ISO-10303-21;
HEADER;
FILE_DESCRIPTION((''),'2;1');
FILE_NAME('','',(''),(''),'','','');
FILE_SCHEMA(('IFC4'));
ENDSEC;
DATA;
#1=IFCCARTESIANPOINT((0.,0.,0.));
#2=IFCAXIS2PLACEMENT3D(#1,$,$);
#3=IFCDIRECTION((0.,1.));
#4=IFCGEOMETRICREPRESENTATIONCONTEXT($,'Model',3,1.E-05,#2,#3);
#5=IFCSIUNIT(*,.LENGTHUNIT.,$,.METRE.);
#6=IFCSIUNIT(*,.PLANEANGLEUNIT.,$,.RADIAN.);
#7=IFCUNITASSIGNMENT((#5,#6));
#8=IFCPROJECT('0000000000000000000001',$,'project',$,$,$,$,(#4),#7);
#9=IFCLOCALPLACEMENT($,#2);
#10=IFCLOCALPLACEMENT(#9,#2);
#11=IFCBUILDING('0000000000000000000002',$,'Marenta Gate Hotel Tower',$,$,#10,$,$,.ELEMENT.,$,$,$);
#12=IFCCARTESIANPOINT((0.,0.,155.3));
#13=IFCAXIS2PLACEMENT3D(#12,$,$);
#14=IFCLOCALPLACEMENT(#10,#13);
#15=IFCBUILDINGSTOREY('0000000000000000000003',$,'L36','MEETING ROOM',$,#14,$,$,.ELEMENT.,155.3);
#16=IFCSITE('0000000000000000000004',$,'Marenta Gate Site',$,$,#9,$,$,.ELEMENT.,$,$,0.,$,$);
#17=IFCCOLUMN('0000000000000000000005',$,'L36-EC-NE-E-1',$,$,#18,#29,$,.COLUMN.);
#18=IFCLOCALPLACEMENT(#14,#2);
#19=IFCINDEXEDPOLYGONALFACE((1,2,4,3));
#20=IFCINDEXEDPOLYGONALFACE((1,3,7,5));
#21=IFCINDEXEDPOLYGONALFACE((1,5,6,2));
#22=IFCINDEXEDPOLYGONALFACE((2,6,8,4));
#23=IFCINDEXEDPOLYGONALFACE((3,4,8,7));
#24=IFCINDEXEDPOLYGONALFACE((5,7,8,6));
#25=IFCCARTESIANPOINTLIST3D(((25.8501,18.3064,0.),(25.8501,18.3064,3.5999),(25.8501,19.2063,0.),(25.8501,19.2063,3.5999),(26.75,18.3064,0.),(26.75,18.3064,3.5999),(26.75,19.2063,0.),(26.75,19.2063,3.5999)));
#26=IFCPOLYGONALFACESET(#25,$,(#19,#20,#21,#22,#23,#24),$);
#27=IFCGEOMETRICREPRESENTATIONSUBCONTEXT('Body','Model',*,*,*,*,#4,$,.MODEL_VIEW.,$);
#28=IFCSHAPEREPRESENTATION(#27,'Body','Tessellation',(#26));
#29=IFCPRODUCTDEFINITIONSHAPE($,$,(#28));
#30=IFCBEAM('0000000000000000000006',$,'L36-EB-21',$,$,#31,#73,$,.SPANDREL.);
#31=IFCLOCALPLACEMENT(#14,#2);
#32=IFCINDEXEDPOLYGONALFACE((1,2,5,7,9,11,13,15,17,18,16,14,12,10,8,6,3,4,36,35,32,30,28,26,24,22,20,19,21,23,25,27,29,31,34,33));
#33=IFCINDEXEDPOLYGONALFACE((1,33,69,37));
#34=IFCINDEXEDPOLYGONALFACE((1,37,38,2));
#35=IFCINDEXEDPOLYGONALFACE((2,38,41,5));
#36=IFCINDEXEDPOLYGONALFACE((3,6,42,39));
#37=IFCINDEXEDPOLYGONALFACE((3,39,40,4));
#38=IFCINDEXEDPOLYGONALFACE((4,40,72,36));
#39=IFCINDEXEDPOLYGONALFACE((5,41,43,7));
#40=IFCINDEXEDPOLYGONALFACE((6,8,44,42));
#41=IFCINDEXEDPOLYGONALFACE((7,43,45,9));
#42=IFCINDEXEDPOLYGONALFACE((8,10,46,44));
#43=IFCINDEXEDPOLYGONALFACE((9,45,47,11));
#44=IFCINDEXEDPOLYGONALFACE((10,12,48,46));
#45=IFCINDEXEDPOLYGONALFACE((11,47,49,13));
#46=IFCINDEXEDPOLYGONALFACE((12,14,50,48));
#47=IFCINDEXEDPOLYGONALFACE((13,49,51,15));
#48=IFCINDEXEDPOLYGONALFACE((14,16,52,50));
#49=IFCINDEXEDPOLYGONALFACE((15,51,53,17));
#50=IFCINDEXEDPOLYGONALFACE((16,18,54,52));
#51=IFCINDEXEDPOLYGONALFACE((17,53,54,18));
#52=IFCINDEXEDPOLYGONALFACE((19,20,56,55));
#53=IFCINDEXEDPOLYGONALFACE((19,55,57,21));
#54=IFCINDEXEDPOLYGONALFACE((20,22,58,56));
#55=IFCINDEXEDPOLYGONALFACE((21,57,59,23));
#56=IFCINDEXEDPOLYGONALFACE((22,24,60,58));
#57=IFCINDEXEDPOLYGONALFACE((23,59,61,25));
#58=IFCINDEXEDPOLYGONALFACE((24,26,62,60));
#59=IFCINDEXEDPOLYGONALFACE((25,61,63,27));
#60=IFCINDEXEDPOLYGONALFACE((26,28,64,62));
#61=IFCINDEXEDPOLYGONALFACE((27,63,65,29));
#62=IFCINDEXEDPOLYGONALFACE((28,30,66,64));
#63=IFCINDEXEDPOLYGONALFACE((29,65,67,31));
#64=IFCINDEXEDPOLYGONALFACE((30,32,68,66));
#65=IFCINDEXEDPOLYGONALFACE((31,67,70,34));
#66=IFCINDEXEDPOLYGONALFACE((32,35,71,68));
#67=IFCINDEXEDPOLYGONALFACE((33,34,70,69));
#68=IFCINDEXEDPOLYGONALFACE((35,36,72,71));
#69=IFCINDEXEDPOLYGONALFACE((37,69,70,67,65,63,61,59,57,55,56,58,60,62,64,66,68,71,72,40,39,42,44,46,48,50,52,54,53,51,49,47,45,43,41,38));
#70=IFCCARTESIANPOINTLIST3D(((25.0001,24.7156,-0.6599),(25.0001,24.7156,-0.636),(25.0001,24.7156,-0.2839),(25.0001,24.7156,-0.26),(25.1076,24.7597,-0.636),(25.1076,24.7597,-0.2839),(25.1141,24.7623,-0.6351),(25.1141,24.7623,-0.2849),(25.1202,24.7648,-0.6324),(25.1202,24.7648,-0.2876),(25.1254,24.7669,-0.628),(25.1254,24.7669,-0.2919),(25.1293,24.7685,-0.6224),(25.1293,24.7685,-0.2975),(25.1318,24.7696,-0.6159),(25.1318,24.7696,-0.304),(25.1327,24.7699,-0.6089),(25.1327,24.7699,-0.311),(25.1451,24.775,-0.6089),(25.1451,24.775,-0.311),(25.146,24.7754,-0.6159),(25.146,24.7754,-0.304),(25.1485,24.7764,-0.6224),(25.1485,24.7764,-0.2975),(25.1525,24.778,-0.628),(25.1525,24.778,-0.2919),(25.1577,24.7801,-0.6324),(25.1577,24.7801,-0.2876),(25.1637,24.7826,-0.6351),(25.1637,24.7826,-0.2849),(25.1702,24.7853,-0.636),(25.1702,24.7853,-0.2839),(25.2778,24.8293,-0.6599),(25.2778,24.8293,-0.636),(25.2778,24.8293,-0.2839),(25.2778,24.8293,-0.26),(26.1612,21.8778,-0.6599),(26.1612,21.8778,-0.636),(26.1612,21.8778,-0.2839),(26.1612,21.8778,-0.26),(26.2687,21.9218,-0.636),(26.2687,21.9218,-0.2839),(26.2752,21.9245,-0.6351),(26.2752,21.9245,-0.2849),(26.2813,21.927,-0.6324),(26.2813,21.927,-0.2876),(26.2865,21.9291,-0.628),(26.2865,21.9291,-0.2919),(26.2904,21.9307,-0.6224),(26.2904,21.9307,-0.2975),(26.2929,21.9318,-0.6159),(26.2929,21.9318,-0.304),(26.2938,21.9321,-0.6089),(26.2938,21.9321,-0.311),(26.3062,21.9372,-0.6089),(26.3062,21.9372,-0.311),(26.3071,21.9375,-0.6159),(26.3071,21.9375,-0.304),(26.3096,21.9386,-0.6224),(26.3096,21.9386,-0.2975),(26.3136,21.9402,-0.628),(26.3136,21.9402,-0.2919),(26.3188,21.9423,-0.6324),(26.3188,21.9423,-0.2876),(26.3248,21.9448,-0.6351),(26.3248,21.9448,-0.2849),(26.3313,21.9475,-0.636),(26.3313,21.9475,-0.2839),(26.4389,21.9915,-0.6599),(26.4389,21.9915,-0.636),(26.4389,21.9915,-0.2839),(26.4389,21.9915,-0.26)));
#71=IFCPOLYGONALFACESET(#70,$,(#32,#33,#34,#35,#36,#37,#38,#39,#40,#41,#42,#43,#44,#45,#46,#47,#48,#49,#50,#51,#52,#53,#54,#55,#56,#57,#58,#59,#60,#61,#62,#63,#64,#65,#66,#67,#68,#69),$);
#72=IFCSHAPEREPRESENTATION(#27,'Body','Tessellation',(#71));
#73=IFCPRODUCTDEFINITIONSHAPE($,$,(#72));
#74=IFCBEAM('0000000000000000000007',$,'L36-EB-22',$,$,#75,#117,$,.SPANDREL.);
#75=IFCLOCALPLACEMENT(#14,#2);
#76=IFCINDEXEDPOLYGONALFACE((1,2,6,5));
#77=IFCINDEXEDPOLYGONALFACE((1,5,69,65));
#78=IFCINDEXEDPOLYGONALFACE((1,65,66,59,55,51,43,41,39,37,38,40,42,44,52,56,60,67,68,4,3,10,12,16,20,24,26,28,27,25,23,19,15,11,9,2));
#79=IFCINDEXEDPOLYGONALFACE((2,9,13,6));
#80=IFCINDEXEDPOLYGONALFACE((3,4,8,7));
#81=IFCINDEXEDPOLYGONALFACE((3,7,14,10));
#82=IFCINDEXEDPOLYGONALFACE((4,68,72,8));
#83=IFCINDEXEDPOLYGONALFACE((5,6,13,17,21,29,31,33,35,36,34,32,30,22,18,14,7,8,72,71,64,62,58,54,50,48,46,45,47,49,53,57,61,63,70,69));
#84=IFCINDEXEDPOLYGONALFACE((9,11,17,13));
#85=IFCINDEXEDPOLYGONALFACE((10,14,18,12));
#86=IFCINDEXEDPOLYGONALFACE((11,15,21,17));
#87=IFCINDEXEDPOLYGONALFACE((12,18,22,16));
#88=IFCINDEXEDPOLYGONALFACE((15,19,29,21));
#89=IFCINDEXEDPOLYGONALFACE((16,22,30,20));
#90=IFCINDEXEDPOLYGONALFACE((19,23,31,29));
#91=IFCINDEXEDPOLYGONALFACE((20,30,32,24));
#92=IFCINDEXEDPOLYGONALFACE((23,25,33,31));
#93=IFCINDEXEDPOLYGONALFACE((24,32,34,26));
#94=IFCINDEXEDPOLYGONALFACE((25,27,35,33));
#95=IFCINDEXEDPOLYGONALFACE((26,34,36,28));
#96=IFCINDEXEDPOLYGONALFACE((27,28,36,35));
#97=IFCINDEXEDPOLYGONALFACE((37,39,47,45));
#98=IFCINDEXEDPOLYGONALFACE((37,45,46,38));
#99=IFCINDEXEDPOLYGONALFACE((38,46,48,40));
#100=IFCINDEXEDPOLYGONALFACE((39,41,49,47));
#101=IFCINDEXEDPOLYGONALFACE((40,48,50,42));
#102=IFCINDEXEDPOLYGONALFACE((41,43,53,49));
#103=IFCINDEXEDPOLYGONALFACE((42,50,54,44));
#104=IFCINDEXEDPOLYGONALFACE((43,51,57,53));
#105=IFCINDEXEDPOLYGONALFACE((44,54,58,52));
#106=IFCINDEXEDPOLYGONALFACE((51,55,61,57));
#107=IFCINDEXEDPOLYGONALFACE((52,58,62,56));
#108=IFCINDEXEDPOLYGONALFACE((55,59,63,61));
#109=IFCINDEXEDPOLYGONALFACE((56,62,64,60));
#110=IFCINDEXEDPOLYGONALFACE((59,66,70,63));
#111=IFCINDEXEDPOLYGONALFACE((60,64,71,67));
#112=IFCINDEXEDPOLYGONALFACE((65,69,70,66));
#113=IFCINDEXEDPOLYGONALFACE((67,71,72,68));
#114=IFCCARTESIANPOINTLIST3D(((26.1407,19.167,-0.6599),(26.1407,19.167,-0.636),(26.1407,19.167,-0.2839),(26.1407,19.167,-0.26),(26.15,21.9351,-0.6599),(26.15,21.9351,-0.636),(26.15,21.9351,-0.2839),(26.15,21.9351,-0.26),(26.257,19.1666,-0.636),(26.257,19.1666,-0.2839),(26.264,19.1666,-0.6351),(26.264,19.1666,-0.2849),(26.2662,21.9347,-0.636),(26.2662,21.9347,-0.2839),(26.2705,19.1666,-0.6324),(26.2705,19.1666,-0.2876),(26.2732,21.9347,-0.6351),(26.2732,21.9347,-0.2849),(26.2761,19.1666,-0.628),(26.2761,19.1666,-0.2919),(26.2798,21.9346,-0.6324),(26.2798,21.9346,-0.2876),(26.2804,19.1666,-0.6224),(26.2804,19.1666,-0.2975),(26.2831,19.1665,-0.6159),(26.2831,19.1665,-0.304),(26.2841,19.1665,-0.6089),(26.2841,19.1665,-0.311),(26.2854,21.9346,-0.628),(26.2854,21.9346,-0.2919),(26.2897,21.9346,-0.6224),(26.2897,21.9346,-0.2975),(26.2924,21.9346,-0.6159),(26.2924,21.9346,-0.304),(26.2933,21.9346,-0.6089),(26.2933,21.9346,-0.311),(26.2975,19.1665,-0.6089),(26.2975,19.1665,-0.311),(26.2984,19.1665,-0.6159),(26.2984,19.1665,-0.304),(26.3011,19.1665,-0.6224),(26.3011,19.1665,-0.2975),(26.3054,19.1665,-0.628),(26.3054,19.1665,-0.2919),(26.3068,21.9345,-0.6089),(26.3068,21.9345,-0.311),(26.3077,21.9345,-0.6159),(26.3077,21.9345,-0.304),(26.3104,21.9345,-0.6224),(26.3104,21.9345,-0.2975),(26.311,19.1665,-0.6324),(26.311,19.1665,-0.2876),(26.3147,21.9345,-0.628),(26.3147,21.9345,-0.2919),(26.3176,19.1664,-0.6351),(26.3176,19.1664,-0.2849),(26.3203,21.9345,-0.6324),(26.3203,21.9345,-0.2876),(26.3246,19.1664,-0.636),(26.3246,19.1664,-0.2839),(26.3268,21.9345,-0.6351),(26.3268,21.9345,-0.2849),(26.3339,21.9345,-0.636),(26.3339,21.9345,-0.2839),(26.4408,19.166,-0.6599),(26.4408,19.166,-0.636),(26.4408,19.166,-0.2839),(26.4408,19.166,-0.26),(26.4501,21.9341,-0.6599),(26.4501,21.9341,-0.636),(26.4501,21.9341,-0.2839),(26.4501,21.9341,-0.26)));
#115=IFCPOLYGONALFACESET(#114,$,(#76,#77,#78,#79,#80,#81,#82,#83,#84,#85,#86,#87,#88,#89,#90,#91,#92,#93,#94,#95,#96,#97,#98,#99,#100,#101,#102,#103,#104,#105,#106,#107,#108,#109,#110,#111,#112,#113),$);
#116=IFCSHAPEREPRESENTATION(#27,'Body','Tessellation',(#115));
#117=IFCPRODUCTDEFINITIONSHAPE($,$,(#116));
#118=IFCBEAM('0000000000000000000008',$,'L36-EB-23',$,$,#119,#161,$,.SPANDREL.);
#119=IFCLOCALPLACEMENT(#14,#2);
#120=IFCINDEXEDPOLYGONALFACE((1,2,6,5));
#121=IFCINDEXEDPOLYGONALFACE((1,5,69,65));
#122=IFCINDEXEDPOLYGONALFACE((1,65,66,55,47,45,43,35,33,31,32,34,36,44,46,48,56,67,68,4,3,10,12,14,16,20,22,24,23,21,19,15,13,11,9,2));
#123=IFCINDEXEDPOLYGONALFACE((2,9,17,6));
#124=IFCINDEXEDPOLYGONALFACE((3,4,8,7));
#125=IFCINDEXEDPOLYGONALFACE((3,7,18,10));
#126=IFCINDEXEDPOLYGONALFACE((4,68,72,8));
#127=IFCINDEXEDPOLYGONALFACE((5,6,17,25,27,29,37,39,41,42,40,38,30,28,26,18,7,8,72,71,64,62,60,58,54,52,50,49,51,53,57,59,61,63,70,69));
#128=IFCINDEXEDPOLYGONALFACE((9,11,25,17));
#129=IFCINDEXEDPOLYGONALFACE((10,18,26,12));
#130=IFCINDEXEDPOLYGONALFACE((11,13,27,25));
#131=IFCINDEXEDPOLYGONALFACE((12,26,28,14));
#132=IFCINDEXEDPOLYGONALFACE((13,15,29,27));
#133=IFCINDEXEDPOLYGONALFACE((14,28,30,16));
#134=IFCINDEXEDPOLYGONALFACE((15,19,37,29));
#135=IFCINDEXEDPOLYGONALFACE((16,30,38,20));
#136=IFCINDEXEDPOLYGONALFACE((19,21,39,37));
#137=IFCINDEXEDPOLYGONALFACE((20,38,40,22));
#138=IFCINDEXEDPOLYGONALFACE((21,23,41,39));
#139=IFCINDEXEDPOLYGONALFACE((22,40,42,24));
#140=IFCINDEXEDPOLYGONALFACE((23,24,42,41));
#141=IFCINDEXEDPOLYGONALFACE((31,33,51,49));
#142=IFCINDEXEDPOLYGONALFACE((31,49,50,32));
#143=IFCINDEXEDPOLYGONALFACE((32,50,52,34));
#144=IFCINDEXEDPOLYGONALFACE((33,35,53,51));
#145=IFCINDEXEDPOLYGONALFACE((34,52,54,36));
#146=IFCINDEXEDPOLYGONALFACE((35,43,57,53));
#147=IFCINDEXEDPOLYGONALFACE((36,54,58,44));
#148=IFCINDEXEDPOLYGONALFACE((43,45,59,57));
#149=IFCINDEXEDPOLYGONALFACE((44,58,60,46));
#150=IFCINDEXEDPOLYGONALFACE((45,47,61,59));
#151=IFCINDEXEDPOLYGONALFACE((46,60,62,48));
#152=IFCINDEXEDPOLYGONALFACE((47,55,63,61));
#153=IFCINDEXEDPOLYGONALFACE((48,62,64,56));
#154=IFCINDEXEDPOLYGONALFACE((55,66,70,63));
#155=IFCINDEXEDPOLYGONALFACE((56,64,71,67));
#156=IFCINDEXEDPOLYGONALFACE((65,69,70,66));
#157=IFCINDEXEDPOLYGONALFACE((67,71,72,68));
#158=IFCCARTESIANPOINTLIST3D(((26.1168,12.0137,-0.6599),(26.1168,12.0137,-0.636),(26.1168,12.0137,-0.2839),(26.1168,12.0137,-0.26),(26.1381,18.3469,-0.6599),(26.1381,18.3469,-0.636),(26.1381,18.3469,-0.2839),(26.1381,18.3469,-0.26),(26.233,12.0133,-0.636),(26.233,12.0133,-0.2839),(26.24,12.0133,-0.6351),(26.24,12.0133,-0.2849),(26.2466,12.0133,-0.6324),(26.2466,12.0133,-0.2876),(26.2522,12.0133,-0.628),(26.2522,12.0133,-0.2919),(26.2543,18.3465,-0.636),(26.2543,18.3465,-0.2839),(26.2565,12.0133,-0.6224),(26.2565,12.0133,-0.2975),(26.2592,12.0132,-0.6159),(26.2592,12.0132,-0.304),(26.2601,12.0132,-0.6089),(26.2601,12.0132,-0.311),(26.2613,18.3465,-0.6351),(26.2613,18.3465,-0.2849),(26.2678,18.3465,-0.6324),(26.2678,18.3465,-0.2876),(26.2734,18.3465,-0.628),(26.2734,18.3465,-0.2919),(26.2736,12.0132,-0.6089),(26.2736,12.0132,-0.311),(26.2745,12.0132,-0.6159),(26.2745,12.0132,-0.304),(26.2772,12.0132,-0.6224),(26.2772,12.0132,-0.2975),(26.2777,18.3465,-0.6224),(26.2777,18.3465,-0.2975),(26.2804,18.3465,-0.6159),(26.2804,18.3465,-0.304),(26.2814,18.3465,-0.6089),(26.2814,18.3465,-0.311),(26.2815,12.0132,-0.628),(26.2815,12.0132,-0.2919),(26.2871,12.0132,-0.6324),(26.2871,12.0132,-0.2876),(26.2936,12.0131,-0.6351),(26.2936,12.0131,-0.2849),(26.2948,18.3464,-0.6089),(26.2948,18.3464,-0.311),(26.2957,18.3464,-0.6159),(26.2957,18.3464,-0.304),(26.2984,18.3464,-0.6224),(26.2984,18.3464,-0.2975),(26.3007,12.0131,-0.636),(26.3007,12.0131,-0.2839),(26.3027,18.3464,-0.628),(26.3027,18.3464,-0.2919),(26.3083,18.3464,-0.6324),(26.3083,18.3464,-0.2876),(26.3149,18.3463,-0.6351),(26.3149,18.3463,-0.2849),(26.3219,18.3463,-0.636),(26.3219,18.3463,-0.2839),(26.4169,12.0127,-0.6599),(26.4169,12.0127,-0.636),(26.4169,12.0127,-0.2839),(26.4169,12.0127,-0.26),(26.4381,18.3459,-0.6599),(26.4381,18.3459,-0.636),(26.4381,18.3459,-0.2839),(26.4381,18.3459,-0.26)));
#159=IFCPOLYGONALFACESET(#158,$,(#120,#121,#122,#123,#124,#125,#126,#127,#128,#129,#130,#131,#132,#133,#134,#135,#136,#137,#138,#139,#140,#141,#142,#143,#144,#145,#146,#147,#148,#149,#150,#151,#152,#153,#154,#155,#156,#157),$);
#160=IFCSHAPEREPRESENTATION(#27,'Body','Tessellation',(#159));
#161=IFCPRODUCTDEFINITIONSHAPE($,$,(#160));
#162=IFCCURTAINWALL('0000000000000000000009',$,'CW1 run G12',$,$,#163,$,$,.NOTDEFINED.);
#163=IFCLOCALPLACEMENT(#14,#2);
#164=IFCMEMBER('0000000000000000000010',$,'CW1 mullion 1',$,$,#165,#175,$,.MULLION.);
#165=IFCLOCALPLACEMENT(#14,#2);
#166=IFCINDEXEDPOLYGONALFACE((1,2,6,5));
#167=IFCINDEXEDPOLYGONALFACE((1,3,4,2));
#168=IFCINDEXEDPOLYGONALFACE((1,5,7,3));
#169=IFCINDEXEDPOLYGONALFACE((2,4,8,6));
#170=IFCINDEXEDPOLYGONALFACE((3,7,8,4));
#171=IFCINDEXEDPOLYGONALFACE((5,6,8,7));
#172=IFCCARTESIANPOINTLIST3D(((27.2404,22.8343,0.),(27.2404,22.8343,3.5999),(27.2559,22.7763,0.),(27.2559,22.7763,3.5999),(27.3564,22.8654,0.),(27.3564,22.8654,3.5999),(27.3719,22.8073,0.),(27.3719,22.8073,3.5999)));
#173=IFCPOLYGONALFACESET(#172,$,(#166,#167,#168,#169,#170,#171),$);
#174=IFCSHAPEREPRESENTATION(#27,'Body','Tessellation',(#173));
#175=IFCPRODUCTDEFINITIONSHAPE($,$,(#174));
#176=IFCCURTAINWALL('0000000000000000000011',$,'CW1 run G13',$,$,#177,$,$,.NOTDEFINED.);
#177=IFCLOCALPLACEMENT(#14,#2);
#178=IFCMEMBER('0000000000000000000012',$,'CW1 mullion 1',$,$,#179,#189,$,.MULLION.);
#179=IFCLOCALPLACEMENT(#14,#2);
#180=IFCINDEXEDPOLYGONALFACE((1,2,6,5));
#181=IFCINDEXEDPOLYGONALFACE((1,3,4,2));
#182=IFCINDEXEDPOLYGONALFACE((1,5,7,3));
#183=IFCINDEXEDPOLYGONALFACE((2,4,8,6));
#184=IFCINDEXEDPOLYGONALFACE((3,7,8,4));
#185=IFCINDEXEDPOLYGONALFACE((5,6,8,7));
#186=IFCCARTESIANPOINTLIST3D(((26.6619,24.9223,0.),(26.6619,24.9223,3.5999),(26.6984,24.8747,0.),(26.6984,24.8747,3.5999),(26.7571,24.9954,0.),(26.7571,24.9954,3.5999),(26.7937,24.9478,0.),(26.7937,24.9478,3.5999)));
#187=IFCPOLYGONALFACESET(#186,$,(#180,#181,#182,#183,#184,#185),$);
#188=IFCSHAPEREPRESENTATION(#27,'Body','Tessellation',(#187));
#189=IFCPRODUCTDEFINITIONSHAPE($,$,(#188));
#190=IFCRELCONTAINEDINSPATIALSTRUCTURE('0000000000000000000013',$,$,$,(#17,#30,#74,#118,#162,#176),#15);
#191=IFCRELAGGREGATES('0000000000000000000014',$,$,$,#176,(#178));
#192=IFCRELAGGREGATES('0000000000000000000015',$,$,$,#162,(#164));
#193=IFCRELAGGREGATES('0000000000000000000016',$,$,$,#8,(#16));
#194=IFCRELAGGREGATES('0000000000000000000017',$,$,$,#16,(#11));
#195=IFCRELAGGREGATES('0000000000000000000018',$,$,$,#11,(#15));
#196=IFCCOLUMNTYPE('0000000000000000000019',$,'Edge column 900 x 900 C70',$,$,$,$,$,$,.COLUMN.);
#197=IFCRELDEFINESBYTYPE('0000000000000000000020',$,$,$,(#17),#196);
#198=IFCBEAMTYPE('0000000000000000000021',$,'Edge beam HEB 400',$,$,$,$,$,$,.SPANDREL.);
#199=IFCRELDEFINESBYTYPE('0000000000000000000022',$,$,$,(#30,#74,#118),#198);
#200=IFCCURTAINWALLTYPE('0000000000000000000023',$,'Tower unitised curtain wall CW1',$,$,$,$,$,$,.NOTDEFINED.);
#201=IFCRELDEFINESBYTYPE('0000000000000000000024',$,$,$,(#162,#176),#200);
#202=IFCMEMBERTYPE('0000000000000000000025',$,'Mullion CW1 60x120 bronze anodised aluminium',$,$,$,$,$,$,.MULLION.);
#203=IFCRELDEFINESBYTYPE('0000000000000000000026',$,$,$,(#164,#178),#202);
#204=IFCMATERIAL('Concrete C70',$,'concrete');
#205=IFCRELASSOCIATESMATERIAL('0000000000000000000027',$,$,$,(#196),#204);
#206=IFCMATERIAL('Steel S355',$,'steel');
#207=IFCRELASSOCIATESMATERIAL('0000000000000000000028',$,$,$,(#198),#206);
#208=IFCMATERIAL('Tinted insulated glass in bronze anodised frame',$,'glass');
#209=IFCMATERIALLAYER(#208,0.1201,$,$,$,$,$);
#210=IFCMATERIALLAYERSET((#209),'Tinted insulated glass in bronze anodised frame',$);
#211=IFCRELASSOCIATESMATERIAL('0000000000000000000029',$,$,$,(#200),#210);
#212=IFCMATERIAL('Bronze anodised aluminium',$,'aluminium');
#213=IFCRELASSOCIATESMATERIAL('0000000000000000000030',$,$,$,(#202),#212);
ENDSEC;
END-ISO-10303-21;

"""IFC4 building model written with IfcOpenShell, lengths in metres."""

from ifc_helpers import new_model, si_unit, direction, frame, origin, origin_2d, place, context, subcontext, project, spatial, rectangle, i_section, extrude, material, layer, layer_set, material_profile, profile_set, type_object, element, aggregate, save


model = new_model("IFC4")

# Units and contexts
model_context = context("Model", 3, precision=1e-05, world=origin(), true_north=direction((0.0, 1.0)))
body_context = subcontext(model_context, "Body", "Model", "MODEL_VIEW")
ifc_project = project(units=[si_unit("LENGTHUNIT", "METRE"), si_unit("PLANEANGLEUNIT", "RADIAN")], contexts=[model_context])

# Site, building, storey
site_placement = place(None, origin())
site = spatial("IfcSite", under=ifc_project, at=site_placement, Name="Marenta Gate Site", CompositionType="ELEMENT", RefElevation=0.0)
building_placement = place(site_placement, origin())
building = spatial("IfcBuilding", under=site, at=building_placement, Name="Marenta Gate Hotel Tower", CompositionType="ELEMENT")
storey_placement = place(building_placement, frame((0.0, 0.0, 155.3)))
storey = spatial("IfcBuildingStorey", under=building, at=storey_placement, Name="L36", Description="MEETING ROOM", CompositionType="ELEMENT", Elevation=155.3)

# Column
ifc_material_1 = material(Name="Concrete C70", Category="concrete")
ifc_material_profile_1 = material_profile(ifc_material_1, rectangle(XDim=0.8999, YDim=0.8999, at=origin_2d()), Name="900 x 900")
ifc_profile_set_1 = profile_set([ifc_material_profile_1], Name="Concrete C70")
column_type = type_object("IfcColumnType", Name="Edge column 900 x 900 C70", PredefinedType="COLUMN", material=ifc_profile_set_1)
column_placement = place(storey_placement, frame((26.3, 18.7563, 0.0), z_axis=(0.0, 0.0, 1.0), x_axis=(1.0, 0.0, 0.0)))
element("IfcColumn", 1, at=column_placement, inside=storey, type_object=column_type, Name="L36-EC-NE-E-1", PredefinedType="COLUMN", context=body_context, shape_type="SweptSolid", body=[
    extrude(rectangle(XDim=0.8999, YDim=0.8999, at=origin_2d()), origin(), (0.0, 0.0, 1.0), 3.5999),
])

# Beams
ifc_material_2 = material(Name="Steel S355", Category="steel")
ifc_material_profile_2 = material_profile(ifc_material_2, i_section(OverallWidth=0.3, OverallDepth=0.3999, WebThickness=0.0134, FlangeThickness=0.0239, FilletRadius=0.0271, at=origin_2d()), Name="HEB 400")
ifc_profile_set_2 = profile_set([ifc_material_profile_2], Name="Steel S355")
beam_type = type_object("IfcBeamType", Name="Edge beam HEB 400", PredefinedType="SPANDREL", material=ifc_profile_set_2)
beam_1_placement = place(storey_placement, frame((25.1389, 24.7725, -0.46), z_axis=(0.378682, -0.925527, 0.0), x_axis=(0.925527, 0.378682, 0.0)))
element("IfcBeam", 2, at=beam_1_placement, inside=storey, type_object=beam_type, Name="L36-EB-21", PredefinedType="SPANDREL", context=body_context, shape_type="SweptSolid", body=[
    extrude(i_section(OverallWidth=0.3, OverallDepth=0.3999, WebThickness=0.0134, FlangeThickness=0.0239, FilletRadius=0.0271, at=origin_2d()), origin(), (0.0, 0.0, 1.0), 3.0662),
])
beam_2_placement = place(storey_placement, frame((26.3, 21.9346, -0.46), z_axis=(-0.003352, -0.999994, 0.0), x_axis=(0.999994, -0.003352, 0.0)))
element("IfcBeam", 3, at=beam_2_placement, inside=storey, type_object=beam_type, Name="L36-EB-22", PredefinedType="SPANDREL", context=body_context, shape_type="SweptSolid", body=[
    extrude(i_section(OverallWidth=0.3, OverallDepth=0.3999, WebThickness=0.0134, FlangeThickness=0.0239, FilletRadius=0.0271, at=origin_2d()), origin(), (0.0, 0.0, 1.0), 2.7681),
])
beam_3_placement = place(storey_placement, frame((26.2881, 18.3464, -0.46), z_axis=(-0.003354, -0.999994, 0.0), x_axis=(0.999994, -0.003354, 0.0)))
element("IfcBeam", 4, at=beam_3_placement, inside=storey, type_object=beam_type, Name="L36-EB-23", PredefinedType="SPANDREL", context=body_context, shape_type="SweptSolid", body=[
    extrude(i_section(OverallWidth=0.3, OverallDepth=0.3999, WebThickness=0.0134, FlangeThickness=0.0239, FilletRadius=0.0271, at=origin_2d()), origin(), (0.0, 0.0, 1.0), 6.3333),
])

# Curtain walls, members
ifc_material_3 = material(Name="Tinted insulated glass in bronze anodised frame", Category="glass")
ifc_layer_1 = layer(ifc_material_3, 0.1201)
ifc_layer_set_1 = layer_set([ifc_layer_1], Name="Tinted insulated glass in bronze anodised frame")
curtain_wall_type = type_object("IfcCurtainWallType", Name="Tower unitised curtain wall CW1", PredefinedType="NOTDEFINED", material=ifc_layer_set_1)
curtain_wall_1_placement = place(storey_placement, origin())
curtain_wall_1 = element("IfcCurtainWall", 5, at=curtain_wall_1_placement, inside=storey, type_object=curtain_wall_type, Name="CW1 run G12", PredefinedType="NOTDEFINED")
ifc_material_4 = material(Name="Bronze anodised aluminium", Category="aluminium")
ifc_material_profile_3 = material_profile(ifc_material_4, rectangle(XDim=0.1201, YDim=0.0601, at=origin_2d()), Name="Mullion CW1 60x120 bronze anodised aluminium")
ifc_profile_set_3 = profile_set([ifc_material_profile_3], Name="Bronze anodised aluminium")
member_type_1 = type_object("IfcMemberType", Name="Mullion CW1 60x120 bronze anodised aluminium", PredefinedType="MULLION", material=ifc_profile_set_3)
member_1_placement = place(storey_placement, frame((27.3062, 22.8208, 0.0), z_axis=(0.0, 0.0, 1.0), x_axis=(-0.965925, -0.258823, 0.0)))
member_1 = element("IfcMember", 6, at=member_1_placement, type_object=member_type_1, Name="CW1 mullion 1", PredefinedType="MULLION", context=body_context, shape_type="SweptSolid", body=[
    extrude(rectangle(XDim=0.1201, YDim=0.0601, at=origin_2d()), origin(), (0.0, 0.0, 1.0), 3.5999),
])
curtain_wall_2_placement = place(storey_placement, origin())
curtain_wall_2 = element("IfcCurtainWall", 7, at=curtain_wall_2_placement, inside=storey, type_object=curtain_wall_type, Name="CW1 run G13", PredefinedType="NOTDEFINED")
member_2_placement = place(storey_placement, frame((26.7278, 24.9351, 0.0), z_axis=(0.0, 0.0, 1.0), x_axis=(-0.793327, -0.608796, 0.0)))
member_2 = element("IfcMember", 8, at=member_2_placement, type_object=member_type_1, Name="CW1 mullion 1", PredefinedType="MULLION", context=body_context, shape_type="SweptSolid", body=[
    extrude(rectangle(XDim=0.1201, YDim=0.0601, at=origin_2d()), origin(), (0.0, 0.0, 1.0), 3.5999),
])
aggregate(curtain_wall_2, [member_2])

aggregate(curtain_wall_1, [member_1])

save(model, "model.ifc")
